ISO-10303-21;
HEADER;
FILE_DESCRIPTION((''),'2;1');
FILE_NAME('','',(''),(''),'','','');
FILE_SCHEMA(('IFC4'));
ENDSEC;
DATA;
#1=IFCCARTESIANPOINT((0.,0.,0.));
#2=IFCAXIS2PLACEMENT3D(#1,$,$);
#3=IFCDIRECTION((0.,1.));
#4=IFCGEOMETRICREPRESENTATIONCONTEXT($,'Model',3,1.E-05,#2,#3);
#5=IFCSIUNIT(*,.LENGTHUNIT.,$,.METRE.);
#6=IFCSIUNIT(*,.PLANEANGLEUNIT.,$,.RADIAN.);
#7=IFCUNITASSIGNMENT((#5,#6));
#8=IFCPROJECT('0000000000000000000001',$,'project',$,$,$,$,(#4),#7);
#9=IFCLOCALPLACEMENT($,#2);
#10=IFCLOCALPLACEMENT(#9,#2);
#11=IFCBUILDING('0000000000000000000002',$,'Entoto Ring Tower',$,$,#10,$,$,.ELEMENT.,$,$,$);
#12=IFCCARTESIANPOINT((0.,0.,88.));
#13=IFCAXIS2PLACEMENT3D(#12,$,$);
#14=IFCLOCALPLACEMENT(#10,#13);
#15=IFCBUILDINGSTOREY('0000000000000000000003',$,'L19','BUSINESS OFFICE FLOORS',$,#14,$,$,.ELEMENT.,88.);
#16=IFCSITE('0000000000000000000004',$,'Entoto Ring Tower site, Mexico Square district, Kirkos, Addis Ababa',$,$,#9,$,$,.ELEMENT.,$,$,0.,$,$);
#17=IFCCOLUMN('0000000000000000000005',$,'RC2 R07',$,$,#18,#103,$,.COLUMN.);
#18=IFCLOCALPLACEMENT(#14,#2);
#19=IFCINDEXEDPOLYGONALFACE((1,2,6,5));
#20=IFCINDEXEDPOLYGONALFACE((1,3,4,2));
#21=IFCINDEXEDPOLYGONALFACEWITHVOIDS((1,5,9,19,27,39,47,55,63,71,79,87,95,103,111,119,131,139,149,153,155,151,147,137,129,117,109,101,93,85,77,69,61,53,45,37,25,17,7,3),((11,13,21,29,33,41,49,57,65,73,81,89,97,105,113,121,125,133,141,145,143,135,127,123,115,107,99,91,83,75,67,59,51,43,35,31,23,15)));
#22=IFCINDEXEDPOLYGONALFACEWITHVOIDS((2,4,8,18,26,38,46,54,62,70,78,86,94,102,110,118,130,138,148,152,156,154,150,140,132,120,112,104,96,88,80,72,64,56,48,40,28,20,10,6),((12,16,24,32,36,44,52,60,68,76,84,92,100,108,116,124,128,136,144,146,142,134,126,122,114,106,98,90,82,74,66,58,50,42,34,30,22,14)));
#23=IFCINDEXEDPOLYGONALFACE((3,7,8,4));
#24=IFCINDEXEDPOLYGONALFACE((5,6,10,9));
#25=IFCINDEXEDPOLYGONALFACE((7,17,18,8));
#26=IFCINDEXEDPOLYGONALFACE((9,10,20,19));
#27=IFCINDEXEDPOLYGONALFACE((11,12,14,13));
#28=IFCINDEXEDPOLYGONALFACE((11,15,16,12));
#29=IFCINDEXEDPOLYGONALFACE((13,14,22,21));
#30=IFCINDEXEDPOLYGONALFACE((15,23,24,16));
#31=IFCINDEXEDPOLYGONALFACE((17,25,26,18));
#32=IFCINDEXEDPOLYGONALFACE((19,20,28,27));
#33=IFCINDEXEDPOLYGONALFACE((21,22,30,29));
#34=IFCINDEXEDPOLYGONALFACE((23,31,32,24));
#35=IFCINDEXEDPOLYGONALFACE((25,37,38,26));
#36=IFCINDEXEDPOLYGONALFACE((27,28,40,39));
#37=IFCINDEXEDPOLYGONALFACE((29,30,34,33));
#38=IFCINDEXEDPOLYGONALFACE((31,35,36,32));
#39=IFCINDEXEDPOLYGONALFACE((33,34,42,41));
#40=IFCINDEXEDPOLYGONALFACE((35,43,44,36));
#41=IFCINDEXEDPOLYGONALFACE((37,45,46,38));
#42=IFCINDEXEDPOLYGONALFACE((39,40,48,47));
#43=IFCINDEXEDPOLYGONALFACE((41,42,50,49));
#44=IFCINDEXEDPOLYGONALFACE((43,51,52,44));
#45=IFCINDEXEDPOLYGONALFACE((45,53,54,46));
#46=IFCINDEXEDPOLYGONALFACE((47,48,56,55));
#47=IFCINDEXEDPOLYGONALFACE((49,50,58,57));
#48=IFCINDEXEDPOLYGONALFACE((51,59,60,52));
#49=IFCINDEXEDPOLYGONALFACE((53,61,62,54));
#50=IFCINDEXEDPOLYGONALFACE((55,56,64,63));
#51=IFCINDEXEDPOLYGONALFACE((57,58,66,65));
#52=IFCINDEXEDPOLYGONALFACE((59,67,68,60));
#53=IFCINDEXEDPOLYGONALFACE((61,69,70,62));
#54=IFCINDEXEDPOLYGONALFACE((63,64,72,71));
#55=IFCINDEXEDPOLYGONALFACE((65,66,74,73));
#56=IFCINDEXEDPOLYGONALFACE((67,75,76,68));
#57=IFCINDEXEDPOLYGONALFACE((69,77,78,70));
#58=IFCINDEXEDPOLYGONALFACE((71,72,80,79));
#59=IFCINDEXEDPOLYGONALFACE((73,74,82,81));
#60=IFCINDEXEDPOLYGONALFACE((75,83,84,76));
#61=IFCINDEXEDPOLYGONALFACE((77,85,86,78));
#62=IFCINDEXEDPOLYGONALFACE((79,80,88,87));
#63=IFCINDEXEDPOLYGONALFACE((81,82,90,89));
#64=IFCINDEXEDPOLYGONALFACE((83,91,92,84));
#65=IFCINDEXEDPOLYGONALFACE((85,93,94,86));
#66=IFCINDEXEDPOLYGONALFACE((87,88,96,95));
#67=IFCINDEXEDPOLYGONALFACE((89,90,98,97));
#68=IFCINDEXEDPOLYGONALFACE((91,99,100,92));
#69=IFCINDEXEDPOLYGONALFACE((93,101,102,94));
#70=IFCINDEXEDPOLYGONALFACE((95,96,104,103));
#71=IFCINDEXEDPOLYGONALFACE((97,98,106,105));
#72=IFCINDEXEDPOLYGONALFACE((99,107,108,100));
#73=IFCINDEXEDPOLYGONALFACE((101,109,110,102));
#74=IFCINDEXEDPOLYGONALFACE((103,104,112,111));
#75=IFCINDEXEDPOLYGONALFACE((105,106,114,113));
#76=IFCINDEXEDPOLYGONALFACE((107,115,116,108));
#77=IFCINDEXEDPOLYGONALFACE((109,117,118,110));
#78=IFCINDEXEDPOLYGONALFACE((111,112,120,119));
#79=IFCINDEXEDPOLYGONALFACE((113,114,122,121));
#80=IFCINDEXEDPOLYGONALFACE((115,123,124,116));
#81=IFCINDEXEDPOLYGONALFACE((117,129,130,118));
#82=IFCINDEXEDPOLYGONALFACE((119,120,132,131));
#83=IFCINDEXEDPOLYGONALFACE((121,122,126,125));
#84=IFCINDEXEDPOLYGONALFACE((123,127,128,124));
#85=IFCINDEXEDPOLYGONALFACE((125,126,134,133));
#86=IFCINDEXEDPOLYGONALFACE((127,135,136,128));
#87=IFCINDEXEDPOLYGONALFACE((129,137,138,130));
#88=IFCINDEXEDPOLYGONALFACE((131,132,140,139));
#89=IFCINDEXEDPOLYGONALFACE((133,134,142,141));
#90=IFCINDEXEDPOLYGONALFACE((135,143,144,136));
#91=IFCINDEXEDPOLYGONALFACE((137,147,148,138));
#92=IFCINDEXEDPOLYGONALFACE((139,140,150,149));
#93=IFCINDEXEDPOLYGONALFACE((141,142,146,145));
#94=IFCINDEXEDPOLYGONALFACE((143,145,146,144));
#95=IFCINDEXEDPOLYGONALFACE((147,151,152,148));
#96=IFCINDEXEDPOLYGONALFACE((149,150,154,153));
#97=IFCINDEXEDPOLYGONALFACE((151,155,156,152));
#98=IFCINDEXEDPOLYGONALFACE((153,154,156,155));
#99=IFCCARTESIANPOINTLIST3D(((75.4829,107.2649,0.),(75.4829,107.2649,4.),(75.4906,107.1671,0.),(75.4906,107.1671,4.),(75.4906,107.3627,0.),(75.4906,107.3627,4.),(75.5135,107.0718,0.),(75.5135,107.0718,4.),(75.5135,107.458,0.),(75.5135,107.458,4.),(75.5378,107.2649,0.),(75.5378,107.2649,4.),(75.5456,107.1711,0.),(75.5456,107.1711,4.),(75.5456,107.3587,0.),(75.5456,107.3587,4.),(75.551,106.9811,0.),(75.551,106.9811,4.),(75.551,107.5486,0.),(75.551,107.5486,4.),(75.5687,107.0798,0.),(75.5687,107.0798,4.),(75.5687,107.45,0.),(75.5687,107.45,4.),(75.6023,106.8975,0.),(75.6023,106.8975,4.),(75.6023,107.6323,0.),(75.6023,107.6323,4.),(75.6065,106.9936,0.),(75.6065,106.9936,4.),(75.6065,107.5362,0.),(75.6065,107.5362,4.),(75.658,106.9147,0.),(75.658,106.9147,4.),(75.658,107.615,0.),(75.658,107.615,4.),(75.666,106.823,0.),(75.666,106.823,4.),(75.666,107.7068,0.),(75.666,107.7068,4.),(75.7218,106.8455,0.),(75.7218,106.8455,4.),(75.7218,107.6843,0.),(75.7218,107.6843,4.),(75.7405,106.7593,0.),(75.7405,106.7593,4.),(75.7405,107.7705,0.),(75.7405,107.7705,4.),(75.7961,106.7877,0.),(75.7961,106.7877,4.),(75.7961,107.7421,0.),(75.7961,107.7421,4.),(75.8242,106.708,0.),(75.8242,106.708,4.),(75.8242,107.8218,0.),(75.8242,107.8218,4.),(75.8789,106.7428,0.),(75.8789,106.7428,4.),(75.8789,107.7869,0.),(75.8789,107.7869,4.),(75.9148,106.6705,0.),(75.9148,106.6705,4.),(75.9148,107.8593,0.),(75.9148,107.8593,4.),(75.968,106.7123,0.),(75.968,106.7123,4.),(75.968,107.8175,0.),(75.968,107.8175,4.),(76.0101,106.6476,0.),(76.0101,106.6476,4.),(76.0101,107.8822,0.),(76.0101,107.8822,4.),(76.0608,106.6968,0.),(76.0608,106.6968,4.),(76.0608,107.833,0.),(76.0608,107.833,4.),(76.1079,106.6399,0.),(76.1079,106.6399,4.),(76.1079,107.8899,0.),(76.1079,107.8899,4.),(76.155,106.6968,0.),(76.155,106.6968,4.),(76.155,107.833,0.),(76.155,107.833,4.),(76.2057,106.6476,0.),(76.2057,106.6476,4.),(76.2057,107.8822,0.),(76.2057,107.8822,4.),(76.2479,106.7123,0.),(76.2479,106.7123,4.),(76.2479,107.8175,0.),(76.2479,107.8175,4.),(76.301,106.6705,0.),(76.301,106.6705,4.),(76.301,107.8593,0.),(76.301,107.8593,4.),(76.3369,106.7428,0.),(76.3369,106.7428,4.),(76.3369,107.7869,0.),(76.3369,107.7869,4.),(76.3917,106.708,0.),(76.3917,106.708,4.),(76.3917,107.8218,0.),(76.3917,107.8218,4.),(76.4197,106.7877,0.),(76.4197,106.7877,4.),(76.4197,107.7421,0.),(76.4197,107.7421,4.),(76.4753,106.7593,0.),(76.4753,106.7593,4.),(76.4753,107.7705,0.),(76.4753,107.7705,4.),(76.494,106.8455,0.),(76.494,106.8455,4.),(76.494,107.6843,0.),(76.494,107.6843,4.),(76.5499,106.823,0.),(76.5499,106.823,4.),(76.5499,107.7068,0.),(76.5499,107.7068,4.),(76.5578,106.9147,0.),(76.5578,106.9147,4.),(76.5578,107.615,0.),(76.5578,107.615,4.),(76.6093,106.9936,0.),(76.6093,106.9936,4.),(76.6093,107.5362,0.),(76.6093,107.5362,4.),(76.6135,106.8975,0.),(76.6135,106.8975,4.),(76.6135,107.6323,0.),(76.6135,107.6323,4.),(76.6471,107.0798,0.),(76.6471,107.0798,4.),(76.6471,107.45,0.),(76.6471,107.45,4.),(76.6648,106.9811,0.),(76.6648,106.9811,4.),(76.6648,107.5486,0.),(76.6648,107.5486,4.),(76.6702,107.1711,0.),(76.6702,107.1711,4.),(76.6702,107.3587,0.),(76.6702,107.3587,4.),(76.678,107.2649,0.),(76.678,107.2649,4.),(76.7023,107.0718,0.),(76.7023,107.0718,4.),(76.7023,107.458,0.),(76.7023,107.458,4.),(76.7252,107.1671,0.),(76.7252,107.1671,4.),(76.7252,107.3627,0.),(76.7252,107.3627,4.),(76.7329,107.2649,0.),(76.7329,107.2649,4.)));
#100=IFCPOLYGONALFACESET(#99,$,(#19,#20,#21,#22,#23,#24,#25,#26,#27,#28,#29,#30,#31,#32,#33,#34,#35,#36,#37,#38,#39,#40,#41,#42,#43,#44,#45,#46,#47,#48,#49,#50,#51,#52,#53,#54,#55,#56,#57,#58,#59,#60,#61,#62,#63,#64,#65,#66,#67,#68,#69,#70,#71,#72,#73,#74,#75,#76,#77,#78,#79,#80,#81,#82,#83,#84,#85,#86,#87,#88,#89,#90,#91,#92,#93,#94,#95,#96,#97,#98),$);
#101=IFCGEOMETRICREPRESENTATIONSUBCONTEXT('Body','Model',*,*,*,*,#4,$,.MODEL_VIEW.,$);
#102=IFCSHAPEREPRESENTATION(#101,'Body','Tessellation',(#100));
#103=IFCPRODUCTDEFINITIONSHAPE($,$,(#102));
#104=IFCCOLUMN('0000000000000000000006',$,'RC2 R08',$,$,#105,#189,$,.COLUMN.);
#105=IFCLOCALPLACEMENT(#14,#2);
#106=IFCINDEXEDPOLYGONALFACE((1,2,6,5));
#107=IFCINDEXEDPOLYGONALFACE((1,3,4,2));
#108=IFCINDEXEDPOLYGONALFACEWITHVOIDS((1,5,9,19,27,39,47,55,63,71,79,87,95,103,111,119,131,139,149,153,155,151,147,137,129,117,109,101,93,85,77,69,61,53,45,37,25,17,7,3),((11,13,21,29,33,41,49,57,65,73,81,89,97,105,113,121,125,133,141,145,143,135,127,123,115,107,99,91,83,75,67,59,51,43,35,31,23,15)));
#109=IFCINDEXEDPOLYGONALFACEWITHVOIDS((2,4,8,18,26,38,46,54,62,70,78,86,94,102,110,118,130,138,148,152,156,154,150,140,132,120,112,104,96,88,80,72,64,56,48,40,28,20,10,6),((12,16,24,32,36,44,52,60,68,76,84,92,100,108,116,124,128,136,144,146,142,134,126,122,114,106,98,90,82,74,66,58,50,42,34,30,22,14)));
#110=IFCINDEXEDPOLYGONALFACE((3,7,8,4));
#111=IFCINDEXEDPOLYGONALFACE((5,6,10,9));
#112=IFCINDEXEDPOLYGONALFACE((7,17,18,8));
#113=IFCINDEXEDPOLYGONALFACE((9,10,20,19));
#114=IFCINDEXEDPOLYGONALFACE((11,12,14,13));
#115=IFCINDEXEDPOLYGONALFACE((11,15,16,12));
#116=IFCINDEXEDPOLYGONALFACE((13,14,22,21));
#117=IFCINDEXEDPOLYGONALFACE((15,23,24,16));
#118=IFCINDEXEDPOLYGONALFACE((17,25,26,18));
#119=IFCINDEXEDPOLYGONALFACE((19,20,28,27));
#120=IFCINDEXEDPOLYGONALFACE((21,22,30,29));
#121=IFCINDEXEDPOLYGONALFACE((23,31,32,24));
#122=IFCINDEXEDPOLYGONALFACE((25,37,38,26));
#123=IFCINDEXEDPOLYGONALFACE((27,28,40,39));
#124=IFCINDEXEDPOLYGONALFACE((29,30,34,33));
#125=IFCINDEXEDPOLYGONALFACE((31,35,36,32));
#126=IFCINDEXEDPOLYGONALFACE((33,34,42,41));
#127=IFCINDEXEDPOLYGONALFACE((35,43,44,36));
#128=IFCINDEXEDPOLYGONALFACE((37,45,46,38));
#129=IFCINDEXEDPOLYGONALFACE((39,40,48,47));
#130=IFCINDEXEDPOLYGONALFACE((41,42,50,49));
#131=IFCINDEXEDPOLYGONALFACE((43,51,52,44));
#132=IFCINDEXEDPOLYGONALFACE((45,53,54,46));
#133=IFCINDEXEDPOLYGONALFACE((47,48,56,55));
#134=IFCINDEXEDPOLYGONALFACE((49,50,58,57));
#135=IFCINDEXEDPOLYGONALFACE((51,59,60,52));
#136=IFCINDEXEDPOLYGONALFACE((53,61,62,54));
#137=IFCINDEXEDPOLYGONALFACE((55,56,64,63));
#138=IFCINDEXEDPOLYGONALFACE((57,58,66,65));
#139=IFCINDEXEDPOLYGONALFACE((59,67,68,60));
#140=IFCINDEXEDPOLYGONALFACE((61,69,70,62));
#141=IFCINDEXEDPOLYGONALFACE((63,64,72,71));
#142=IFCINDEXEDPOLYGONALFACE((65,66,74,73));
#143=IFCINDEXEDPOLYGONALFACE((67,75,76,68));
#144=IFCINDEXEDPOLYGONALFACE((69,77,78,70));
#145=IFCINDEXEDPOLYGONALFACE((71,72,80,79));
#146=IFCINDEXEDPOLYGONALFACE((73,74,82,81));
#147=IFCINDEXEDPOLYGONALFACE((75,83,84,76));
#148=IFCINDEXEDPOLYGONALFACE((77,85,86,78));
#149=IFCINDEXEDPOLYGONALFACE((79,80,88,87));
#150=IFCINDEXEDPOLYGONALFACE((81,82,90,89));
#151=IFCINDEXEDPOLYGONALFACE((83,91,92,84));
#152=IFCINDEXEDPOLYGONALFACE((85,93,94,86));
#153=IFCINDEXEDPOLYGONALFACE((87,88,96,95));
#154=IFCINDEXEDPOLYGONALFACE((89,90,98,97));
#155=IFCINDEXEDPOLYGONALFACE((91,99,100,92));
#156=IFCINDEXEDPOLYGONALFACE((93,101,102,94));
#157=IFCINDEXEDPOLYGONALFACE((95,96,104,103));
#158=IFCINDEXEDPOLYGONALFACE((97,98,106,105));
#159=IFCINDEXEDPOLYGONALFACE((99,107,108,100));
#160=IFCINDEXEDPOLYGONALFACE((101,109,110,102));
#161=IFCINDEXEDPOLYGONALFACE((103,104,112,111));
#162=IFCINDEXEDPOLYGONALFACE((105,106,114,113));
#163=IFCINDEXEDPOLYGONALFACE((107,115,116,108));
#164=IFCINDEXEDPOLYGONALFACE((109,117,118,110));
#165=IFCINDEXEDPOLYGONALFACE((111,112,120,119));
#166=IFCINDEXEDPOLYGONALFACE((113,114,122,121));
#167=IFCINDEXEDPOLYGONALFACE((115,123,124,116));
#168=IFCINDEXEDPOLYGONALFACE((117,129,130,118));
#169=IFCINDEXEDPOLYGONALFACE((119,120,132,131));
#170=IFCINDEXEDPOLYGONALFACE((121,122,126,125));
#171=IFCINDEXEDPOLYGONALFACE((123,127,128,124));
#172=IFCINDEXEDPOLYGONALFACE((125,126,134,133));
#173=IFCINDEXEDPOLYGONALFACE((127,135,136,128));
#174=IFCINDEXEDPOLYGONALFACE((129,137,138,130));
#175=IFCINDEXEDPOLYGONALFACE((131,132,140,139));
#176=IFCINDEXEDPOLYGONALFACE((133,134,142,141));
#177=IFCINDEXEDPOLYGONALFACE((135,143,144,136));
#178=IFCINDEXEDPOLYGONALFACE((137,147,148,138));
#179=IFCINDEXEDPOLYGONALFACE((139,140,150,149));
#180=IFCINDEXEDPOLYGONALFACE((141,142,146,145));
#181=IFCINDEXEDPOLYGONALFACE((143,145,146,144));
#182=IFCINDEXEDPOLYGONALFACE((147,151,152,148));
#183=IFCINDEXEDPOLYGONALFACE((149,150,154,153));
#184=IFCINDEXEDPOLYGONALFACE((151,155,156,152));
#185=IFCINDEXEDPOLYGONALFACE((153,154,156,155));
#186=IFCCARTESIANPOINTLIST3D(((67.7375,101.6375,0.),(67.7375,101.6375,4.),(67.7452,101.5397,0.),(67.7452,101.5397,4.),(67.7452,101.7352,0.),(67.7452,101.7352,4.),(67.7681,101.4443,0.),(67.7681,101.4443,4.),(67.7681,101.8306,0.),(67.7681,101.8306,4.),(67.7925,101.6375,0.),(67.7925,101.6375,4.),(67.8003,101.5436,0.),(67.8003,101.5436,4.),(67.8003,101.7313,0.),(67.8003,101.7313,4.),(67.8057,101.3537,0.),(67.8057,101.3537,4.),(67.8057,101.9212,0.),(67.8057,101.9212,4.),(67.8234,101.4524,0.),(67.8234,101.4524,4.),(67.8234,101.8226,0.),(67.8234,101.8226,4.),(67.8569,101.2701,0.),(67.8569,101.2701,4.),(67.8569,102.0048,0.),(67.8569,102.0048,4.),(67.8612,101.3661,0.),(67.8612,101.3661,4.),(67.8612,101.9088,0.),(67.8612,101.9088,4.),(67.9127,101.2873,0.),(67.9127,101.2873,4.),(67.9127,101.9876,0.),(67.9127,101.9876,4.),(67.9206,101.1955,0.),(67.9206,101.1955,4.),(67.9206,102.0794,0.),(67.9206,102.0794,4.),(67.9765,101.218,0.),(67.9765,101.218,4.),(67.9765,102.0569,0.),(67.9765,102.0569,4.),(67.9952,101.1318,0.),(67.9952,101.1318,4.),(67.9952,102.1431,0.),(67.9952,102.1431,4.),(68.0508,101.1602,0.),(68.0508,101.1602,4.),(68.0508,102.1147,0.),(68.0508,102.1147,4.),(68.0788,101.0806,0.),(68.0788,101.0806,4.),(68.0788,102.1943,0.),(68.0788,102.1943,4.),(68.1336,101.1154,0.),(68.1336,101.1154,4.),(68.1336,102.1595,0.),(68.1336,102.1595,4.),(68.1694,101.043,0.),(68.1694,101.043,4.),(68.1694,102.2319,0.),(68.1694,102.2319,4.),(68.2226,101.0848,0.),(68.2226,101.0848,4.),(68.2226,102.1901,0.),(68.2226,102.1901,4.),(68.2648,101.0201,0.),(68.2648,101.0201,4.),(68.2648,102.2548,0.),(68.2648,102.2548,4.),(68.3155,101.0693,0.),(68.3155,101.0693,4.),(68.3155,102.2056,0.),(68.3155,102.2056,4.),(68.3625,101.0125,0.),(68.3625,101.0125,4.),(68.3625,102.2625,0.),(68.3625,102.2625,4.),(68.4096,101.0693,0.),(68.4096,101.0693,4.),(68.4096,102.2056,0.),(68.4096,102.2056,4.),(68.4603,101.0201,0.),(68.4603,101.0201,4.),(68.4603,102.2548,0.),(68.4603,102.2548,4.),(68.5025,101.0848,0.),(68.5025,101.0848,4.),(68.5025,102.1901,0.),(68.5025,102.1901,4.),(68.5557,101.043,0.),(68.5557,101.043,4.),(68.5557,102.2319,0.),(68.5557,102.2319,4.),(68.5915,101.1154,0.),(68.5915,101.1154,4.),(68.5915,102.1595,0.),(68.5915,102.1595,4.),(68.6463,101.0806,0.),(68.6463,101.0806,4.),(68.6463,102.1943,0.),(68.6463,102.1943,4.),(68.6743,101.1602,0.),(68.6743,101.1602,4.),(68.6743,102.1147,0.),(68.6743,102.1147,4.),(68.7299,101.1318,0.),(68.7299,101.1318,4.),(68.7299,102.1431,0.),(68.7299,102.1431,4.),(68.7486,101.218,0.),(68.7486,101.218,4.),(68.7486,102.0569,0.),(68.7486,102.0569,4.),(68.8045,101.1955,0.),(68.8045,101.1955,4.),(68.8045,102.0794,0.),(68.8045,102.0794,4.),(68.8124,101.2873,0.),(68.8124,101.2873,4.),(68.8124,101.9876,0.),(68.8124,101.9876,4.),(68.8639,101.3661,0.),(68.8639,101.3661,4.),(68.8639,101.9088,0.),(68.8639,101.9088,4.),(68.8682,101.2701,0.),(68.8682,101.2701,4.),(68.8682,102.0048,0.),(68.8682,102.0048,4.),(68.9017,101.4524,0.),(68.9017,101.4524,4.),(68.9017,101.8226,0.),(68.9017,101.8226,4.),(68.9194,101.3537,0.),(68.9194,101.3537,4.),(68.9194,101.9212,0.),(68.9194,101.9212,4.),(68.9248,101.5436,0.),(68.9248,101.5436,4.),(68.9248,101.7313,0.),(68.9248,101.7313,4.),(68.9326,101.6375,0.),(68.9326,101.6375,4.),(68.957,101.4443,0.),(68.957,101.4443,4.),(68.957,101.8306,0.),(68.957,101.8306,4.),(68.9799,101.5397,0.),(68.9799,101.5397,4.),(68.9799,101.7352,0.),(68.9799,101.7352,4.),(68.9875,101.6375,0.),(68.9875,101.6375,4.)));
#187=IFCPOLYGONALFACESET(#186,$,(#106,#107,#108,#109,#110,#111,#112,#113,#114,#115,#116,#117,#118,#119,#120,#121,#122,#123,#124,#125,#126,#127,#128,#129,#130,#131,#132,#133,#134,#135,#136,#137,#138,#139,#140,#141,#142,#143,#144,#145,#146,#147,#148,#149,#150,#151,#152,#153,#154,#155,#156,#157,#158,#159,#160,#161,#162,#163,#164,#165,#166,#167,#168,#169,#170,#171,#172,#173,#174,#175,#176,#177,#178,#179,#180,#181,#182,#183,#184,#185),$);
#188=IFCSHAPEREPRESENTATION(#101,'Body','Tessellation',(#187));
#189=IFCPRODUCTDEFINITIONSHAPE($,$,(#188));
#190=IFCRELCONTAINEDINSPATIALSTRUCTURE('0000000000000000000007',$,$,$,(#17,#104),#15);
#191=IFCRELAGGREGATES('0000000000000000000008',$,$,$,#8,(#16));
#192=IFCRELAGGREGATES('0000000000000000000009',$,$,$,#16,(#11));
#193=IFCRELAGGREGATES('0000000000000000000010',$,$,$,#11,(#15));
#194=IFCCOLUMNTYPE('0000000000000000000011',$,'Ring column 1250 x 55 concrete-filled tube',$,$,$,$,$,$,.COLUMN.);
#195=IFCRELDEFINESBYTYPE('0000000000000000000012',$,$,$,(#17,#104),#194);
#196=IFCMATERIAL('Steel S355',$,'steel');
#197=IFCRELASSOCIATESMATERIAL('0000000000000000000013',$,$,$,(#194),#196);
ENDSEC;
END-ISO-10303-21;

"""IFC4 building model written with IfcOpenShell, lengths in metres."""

from ifc_helpers import new_model, si_unit, direction, frame, origin, origin_2d, place, context, subcontext, project, spatial, circle, hollow_circle, extrude, material, material_profile, profile_set, type_object, element, save


model = new_model("IFC4")

# Units and contexts
model_context = context("Model", 3, precision=1e-05, world=origin(), true_north=direction((0.0, 1.0)))
body_context = subcontext(model_context, "Body", "Model", "MODEL_VIEW")
ifc_project = project(units=[si_unit("LENGTHUNIT", "METRE"), si_unit("PLANEANGLEUNIT", "RADIAN")], contexts=[model_context])

# Site, building, storey
site_placement = place(None, origin())
site = spatial("IfcSite", under=ifc_project, at=site_placement, Name="Entoto Ring Tower site, Mexico Square district, Kirkos, Addis Ababa", CompositionType="ELEMENT", RefElevation=0.0)
building_placement = place(site_placement, origin())
building = spatial("IfcBuilding", under=site, at=building_placement, Name="Entoto Ring Tower", CompositionType="ELEMENT")
storey_placement = place(building_placement, frame((0.0, 0.0, 88.0)))
storey = spatial("IfcBuildingStorey", under=building, at=storey_placement, Name="L19", Description="BUSINESS OFFICE FLOORS", CompositionType="ELEMENT", Elevation=88.0)

# Columns
ifc_material_1 = material(Name="Steel S355", Category="steel")
ifc_material_profile_1 = material_profile(ifc_material_1, hollow_circle(Radius=0.625, WallThickness=0.0549, at=origin_2d()), Name="CHS 1250 x 55")
ifc_material_2 = material(Name="Concrete C60/75", Category="concrete")
ifc_material_profile_2 = material_profile(ifc_material_2, circle(Radius=0.5701, at=origin_2d()), Name="Concrete C60/75 infill")
ifc_profile_set_1 = profile_set([ifc_material_profile_1, ifc_material_profile_2], Name="Steel S355")
column_type = type_object("IfcColumnType", Name="Ring column 1250 x 55 concrete-filled tube", PredefinedType="COLUMN", material=ifc_profile_set_1)
for number, where, z_axis, x_axis, name in (
    (1, (76.1079, 107.2649, 0.0), (0.0, 0.0, 1.0), (1.0, 0.0, 0.0), "RC2 R07"),
    (2, (68.3625, 101.6375, 0.0), (0.0, 0.0, 1.0), (1.0, 0.0, 0.0), "RC2 R08"),
):
    element("IfcColumn", number, at=place(storey_placement, frame(where, z_axis=z_axis, x_axis=x_axis)), inside=storey, type_object=column_type, Name=name, PredefinedType="COLUMN", context=body_context, shape_type="SweptSolid", body=[
        extrude(hollow_circle(Radius=0.625, WallThickness=0.0549, at=origin_2d()), origin(), (0.0, 0.0, 1.0), 4.0),
    ])

save(model, "model.ifc")
